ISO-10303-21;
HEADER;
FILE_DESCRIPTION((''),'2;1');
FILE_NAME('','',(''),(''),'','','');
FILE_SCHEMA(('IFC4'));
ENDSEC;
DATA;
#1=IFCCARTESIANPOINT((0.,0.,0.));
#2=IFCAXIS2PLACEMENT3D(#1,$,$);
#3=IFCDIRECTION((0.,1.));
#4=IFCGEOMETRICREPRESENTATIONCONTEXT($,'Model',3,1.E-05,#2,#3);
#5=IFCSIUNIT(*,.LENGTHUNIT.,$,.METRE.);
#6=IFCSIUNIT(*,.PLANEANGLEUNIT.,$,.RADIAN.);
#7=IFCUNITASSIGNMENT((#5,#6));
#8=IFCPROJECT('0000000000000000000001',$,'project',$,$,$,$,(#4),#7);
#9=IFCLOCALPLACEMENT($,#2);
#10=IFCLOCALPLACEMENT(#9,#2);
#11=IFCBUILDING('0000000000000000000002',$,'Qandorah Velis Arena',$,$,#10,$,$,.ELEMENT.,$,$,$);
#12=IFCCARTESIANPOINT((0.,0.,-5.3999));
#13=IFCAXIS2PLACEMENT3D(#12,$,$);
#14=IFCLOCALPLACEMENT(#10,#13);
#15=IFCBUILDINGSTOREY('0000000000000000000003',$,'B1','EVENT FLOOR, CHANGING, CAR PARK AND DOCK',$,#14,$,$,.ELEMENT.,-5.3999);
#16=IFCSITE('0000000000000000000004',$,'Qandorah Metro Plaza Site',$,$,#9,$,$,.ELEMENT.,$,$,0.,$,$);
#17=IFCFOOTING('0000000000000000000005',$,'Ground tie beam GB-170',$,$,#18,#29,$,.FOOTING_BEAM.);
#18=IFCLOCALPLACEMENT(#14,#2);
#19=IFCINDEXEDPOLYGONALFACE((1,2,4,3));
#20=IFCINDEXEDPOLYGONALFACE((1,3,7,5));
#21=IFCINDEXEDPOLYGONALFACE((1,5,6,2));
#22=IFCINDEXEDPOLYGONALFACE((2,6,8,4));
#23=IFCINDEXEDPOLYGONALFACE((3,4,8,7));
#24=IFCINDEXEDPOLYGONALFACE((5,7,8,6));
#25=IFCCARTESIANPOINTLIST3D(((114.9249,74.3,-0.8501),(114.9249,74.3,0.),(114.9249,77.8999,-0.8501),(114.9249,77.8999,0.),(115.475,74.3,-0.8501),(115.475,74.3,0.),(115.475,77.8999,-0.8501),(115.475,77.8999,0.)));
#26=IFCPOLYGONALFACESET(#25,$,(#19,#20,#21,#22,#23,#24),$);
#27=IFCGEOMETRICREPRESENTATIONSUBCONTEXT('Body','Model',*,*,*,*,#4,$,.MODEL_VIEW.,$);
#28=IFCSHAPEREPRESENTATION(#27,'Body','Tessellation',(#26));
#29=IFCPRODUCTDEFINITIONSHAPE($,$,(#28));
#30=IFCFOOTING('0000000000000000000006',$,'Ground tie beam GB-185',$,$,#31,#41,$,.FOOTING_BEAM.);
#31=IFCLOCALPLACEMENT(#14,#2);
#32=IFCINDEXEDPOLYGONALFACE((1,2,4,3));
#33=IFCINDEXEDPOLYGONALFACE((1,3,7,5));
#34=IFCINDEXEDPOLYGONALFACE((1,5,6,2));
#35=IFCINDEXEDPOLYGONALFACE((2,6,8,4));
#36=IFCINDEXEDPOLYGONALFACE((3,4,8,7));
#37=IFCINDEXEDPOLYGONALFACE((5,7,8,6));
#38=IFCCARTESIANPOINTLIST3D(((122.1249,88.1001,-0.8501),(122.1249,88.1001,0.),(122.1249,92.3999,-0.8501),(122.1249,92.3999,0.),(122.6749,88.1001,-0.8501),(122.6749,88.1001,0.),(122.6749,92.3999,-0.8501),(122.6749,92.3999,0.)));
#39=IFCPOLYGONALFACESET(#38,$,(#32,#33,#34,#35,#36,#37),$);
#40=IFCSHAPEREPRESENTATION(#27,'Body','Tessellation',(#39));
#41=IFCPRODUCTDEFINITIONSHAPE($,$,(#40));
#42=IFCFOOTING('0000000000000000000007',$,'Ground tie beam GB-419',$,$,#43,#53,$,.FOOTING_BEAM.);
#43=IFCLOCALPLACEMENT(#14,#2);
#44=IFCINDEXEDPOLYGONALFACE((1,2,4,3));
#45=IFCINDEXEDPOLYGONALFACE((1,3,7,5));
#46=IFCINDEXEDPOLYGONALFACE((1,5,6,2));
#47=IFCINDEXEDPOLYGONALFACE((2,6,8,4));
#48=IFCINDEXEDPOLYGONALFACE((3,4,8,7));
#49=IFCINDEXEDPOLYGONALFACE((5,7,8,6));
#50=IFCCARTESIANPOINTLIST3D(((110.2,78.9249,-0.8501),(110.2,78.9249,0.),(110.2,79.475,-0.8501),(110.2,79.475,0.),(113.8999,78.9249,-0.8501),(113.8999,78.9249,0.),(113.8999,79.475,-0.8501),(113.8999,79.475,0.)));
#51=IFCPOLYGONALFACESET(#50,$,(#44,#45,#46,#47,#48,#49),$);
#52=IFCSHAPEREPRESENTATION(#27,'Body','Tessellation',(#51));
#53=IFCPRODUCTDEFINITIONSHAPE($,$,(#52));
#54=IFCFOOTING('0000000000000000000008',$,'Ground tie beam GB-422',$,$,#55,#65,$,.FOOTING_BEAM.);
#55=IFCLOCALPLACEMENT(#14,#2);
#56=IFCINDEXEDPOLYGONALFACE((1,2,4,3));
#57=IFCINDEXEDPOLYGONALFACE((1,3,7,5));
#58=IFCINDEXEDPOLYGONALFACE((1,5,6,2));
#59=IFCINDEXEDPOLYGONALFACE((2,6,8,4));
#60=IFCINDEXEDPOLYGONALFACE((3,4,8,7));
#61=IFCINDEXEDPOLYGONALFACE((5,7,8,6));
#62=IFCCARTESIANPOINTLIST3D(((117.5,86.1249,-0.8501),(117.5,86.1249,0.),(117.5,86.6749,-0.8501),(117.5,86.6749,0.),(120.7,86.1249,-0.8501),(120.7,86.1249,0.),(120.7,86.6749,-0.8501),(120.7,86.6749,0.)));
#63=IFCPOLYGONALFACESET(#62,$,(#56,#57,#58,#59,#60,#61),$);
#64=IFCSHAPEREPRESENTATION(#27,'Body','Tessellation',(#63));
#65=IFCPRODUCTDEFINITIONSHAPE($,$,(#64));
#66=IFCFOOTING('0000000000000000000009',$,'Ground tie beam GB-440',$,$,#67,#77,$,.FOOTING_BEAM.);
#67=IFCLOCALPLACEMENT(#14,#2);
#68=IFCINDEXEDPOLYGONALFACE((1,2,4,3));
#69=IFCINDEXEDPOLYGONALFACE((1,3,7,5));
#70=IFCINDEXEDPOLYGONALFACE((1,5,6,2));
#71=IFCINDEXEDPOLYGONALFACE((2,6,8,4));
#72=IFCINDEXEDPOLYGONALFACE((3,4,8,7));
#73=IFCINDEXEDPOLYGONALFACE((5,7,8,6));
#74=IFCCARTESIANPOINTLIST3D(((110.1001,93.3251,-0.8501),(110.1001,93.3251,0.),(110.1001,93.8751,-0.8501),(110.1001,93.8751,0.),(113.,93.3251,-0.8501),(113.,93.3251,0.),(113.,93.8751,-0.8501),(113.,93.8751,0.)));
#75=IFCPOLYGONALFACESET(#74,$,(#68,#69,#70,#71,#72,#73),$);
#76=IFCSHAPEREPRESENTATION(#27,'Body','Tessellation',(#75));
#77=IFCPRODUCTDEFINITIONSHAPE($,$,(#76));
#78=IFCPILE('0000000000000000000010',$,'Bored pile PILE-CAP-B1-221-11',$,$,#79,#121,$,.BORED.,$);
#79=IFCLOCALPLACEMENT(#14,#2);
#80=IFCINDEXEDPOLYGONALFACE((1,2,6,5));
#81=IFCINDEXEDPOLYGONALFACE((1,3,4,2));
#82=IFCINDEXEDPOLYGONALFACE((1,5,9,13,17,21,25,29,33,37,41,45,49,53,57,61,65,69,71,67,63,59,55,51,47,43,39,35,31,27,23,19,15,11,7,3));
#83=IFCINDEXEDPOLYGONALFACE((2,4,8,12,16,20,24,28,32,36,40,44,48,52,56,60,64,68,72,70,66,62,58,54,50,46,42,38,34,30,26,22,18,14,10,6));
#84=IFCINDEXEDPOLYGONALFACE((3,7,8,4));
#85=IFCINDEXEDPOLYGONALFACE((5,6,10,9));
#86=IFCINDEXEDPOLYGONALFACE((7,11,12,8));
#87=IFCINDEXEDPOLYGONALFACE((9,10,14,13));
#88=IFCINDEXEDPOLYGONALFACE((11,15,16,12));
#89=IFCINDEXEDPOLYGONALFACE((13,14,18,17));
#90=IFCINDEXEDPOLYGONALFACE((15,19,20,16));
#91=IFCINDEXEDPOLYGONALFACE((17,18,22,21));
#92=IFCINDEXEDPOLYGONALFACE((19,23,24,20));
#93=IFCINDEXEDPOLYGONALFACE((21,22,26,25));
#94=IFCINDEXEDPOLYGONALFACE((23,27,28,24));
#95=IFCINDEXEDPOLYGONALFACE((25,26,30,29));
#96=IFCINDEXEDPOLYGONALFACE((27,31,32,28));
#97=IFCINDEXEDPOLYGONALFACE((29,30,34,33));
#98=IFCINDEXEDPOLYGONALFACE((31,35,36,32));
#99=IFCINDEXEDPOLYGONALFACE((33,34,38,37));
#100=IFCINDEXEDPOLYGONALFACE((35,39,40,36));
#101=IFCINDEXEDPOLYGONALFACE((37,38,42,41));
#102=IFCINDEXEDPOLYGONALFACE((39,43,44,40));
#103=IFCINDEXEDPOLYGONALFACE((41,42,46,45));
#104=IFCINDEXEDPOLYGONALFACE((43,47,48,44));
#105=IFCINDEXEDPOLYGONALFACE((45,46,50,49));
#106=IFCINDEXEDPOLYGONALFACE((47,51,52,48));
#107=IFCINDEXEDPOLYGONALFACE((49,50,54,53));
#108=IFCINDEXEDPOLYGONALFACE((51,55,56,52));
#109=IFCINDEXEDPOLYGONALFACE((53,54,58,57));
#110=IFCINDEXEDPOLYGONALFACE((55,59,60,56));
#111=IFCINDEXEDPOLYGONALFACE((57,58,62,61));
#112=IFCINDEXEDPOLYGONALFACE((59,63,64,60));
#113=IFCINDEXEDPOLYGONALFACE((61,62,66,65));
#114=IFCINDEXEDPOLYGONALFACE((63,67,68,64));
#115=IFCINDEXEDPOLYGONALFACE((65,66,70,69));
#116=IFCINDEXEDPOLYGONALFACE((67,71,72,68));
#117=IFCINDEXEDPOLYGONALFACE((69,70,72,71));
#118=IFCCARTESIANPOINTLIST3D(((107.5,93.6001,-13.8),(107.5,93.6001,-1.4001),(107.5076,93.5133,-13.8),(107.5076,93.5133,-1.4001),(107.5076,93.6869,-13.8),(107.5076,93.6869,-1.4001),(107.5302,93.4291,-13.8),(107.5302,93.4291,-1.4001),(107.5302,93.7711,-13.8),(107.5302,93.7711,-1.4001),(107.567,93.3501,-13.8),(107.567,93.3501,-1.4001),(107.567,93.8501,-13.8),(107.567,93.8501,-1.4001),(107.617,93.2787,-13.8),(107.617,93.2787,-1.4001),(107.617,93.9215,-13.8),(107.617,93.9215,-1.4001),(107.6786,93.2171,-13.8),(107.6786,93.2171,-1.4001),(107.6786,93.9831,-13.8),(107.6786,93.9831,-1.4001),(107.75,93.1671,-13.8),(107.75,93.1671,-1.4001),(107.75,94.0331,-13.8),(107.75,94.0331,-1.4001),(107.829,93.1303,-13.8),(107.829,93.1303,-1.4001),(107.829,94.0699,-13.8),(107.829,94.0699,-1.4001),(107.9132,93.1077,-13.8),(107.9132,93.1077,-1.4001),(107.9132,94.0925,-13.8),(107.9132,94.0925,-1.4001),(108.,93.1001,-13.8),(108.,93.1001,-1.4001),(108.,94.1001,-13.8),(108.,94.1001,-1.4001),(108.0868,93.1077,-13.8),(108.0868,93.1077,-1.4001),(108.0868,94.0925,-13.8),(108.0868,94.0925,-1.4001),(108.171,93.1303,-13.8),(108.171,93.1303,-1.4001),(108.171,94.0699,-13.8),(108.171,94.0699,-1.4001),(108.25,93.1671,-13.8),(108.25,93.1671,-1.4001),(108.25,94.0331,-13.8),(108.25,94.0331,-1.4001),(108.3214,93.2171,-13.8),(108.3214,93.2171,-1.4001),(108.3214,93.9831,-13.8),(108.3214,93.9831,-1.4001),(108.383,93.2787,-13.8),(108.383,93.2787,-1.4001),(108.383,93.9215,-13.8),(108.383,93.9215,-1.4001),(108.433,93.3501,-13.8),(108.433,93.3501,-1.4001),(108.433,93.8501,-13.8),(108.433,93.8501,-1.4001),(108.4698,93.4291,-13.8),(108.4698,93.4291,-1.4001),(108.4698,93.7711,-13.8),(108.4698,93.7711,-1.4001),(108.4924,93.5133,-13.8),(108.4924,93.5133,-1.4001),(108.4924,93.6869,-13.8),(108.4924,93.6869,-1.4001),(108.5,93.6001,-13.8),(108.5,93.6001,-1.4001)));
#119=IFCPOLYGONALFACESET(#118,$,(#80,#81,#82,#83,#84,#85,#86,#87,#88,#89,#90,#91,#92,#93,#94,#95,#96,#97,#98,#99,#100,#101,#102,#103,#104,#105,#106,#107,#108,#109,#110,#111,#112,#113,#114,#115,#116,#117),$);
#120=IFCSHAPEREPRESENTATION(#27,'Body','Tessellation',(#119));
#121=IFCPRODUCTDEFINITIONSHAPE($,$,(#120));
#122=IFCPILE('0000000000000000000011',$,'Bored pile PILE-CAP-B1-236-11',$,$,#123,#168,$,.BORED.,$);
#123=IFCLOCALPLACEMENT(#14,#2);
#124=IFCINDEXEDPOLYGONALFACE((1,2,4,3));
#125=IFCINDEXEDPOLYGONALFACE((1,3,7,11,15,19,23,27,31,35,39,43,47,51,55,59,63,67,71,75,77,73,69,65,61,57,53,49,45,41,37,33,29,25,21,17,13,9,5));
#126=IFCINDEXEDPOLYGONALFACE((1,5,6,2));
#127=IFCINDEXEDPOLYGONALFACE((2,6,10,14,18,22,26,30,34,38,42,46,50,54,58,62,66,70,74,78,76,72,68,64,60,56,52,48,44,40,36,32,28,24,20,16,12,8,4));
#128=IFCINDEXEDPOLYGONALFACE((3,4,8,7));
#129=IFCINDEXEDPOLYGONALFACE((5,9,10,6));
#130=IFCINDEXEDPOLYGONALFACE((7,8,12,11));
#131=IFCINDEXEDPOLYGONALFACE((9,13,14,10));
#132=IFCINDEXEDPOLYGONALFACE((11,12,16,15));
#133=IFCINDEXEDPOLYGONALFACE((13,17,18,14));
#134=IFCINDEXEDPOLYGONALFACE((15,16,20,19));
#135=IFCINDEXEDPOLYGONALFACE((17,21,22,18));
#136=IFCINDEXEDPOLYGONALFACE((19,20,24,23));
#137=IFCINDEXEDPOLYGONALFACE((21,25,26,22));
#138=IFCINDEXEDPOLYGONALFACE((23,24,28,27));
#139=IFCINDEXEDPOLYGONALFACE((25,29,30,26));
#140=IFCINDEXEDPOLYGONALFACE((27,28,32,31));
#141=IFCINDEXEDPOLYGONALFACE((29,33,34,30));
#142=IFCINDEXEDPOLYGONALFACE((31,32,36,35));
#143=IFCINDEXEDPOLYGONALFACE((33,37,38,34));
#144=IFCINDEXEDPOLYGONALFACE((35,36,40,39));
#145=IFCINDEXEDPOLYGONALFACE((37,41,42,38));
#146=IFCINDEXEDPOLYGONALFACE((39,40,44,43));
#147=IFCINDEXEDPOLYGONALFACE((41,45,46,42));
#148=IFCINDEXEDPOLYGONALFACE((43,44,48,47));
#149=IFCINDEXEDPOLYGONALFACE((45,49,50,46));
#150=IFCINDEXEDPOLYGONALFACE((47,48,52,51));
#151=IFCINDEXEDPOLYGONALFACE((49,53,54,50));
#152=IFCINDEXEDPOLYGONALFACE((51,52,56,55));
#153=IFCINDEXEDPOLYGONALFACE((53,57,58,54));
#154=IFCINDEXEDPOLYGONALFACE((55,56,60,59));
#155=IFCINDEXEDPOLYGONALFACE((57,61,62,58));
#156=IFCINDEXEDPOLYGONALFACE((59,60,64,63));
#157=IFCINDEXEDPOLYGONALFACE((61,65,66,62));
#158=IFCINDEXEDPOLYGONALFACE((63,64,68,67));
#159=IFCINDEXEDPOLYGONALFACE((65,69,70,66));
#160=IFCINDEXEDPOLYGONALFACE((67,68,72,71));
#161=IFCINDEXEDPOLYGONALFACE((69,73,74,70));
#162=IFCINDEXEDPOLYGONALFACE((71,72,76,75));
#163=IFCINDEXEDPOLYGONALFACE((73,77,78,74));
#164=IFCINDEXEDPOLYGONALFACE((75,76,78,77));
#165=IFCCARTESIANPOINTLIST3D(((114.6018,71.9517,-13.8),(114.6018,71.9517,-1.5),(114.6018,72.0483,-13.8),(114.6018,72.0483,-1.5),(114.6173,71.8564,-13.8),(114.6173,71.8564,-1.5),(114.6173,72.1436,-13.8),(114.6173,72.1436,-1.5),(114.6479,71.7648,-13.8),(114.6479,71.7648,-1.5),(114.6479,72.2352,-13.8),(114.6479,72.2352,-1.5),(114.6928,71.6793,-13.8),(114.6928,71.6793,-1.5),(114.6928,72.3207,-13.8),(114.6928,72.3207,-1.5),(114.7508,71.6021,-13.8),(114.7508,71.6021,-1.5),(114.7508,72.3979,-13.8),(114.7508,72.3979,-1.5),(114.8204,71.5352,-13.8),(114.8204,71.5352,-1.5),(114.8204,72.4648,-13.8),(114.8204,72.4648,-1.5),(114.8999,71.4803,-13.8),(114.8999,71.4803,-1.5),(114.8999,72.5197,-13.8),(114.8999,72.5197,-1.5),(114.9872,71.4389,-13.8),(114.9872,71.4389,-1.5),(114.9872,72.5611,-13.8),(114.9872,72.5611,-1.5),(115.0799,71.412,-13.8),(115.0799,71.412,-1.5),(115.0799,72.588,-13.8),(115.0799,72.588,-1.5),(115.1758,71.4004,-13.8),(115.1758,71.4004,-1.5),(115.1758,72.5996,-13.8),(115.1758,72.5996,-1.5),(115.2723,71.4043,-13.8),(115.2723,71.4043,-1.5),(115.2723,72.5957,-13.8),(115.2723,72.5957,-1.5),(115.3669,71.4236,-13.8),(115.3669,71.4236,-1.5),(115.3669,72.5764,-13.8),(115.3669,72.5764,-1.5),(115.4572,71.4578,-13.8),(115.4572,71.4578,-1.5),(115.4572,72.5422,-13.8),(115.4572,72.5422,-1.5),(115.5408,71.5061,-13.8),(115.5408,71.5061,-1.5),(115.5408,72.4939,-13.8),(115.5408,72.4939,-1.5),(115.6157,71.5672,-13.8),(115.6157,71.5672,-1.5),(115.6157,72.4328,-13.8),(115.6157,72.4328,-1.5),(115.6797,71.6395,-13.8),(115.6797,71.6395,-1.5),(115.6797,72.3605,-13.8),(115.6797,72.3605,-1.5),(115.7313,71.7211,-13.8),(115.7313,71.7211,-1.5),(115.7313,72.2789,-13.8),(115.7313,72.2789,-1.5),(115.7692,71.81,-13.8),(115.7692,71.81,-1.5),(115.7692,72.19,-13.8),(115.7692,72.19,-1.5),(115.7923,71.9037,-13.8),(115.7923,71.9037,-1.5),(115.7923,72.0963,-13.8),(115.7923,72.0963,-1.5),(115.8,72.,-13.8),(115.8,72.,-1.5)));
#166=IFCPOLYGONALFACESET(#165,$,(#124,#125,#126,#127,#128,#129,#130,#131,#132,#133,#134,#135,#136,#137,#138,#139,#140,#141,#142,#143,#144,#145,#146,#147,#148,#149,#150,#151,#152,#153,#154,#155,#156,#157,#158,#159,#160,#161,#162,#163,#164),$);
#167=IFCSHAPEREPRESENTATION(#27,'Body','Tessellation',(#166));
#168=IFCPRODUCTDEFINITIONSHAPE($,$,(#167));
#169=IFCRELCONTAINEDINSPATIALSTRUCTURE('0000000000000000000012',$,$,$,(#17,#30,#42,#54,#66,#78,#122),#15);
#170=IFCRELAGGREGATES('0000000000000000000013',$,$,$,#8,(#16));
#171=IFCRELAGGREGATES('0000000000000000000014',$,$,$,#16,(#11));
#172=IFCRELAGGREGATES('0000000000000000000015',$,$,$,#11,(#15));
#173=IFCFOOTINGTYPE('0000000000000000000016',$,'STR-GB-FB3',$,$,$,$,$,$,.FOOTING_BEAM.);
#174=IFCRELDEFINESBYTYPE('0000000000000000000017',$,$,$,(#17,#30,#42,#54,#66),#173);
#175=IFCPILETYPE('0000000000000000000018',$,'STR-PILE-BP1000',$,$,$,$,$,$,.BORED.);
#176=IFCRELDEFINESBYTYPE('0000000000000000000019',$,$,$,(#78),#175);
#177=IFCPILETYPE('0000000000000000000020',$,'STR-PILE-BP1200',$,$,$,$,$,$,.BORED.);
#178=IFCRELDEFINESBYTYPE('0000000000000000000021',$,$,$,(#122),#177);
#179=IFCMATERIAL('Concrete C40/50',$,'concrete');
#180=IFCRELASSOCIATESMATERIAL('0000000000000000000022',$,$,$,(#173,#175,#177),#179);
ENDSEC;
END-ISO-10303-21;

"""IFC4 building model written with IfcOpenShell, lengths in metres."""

from ifc_helpers import new_model, si_unit, direction, frame, origin, origin_2d, place, context, subcontext, project, spatial, rectangle, circle, extrude, material, material_profile, profile_set, type_object, element, save


model = new_model("IFC4")

# Units and contexts
model_context = context("Model", 3, precision=1e-05, world=origin(), true_north=direction((0.0, 1.0)))
body_context = subcontext(model_context, "Body", "Model", "MODEL_VIEW")
ifc_project = project(units=[si_unit("LENGTHUNIT", "METRE"), si_unit("PLANEANGLEUNIT", "RADIAN")], contexts=[model_context])

# Site, building, storey
site_placement = place(None, origin())
site = spatial("IfcSite", under=ifc_project, at=site_placement, Name="Qandorah Metro Plaza Site", CompositionType="ELEMENT", RefElevation=0.0)
building_placement = place(site_placement, origin())
building = spatial("IfcBuilding", under=site, at=building_placement, Name="Qandorah Velis Arena", CompositionType="ELEMENT")
storey_placement = place(building_placement, frame((0.0, 0.0, -5.3999)))
storey = spatial("IfcBuildingStorey", under=building, at=storey_placement, Name="B1", Description="EVENT FLOOR, CHANGING, CAR PARK AND DOCK", CompositionType="ELEMENT", Elevation=-5.3999)

# Footings
ifc_material_1 = material(Name="Concrete C40/50", Category="concrete")
ifc_material_profile_1 = material_profile(ifc_material_1, rectangle(XDim=0.55, YDim=0.8501, at=origin_2d()), Name="GB3 550x850")
ifc_profile_set_1 = profile_set([ifc_material_profile_1], Name="Concrete C40/50")
footing_type_1 = type_object("IfcFootingType", Name="STR-GB-FB3", PredefinedType="FOOTING_BEAM", material=ifc_profile_set_1)
footing_1_placement = place(storey_placement, frame((115.2, 74.3, -0.425), z_axis=(0.0, 1.0, 0.0), x_axis=(-1.0, 0.0, 0.0)))
element("IfcFooting", 1, at=footing_1_placement, inside=storey, type_object=footing_type_1, Name="Ground tie beam GB-170", PredefinedType="FOOTING_BEAM", context=body_context, shape_type="SweptSolid", body=[
    extrude(rectangle(XDim=0.55, YDim=0.8501, at=origin_2d()), origin(), (0.0, 0.0, 1.0), 3.5999),
])
footing_2_placement = place(storey_placement, frame((122.3999, 88.1001, -0.425), z_axis=(0.0, 1.0, 0.0), x_axis=(-1.0, 0.0, 0.0)))
element("IfcFooting", 2, at=footing_2_placement, inside=storey, type_object=footing_type_1, Name="Ground tie beam GB-185", PredefinedType="FOOTING_BEAM", context=body_context, shape_type="SweptSolid", body=[
    extrude(rectangle(XDim=0.55, YDim=0.8501, at=origin_2d()), origin(), (0.0, 0.0, 1.0), 4.2998),
])
footing_3_placement = place(storey_placement, frame((110.2, 79.2, -0.425), z_axis=(1.0, 0.0, 0.0), x_axis=(0.0, 1.0, 0.0)))
element("IfcFooting", 3, at=footing_3_placement, inside=storey, type_object=footing_type_1, Name="Ground tie beam GB-419", PredefinedType="FOOTING_BEAM", context=body_context, shape_type="SweptSolid", body=[
    extrude(rectangle(XDim=0.55, YDim=0.8501, at=origin_2d()), origin(), (0.0, 0.0, 1.0), 3.7),
])
footing_4_placement = place(storey_placement, frame((117.5, 86.3999, -0.425), z_axis=(1.0, 0.0, 0.0), x_axis=(0.0, 1.0, 0.0)))
element("IfcFooting", 4, at=footing_4_placement, inside=storey, type_object=footing_type_1, Name="Ground tie beam GB-422", PredefinedType="FOOTING_BEAM", context=body_context, shape_type="SweptSolid", body=[
    extrude(rectangle(XDim=0.55, YDim=0.8501, at=origin_2d()), origin(), (0.0, 0.0, 1.0), 3.2),
])
footing_5_placement = place(storey_placement, frame((110.1001, 93.6001, -0.425), z_axis=(1.0, 0.0, 0.0), x_axis=(0.0, 1.0, 0.0)))
element("IfcFooting", 5, at=footing_5_placement, inside=storey, type_object=footing_type_1, Name="Ground tie beam GB-440", PredefinedType="FOOTING_BEAM", context=body_context, shape_type="SweptSolid", body=[
    extrude(rectangle(XDim=0.55, YDim=0.8501, at=origin_2d()), origin(), (0.0, 0.0, 1.0), 2.8999),
])

# Piles
ifc_material_profile_2 = material_profile(ifc_material_1, circle(Radius=0.5, at=origin_2d()), Name="BORED PILE D1000")
ifc_profile_set_2 = profile_set([ifc_material_profile_2], Name="Concrete C40/50")
pile_type_1 = type_object("IfcPileType", Name="STR-PILE-BP1000", PredefinedType="BORED", material=ifc_profile_set_2)
pile_1_placement = place(storey_placement, frame((108.0, 93.6001, -1.4001), z_axis=(0.0, 0.0, -1.0), x_axis=(1.0, 0.0, 0.0)))
element("IfcPile", 6, at=pile_1_placement, inside=storey, type_object=pile_type_1, Name="Bored pile PILE-CAP-B1-221-11", PredefinedType="BORED", context=body_context, shape_type="SweptSolid", body=[
    extrude(circle(Radius=0.5, at=origin_2d()), origin(), (0.0, 0.0, 1.0), 12.3999),
])
ifc_material_profile_3 = material_profile(ifc_material_1, circle(Radius=0.6001, at=origin_2d()), Name="BORED PILE D1200")
ifc_profile_set_3 = profile_set([ifc_material_profile_3], Name="Concrete C40/50")
pile_type_2 = type_object("IfcPileType", Name="STR-PILE-BP1200", PredefinedType="BORED", material=ifc_profile_set_3)
for number, where, z_axis, x_axis, name in (
    (7, (115.2, 72.0, -1.5), (0.0, 0.0, -1.0), (1.0, 0.0, 0.0), "Bored pile PILE-CAP-B1-236-11"),
):
    element("IfcPile", number, at=place(storey_placement, frame(where, z_axis=z_axis, x_axis=x_axis)), inside=storey, type_object=pile_type_2, Name=name, PredefinedType="BORED", context=body_context, shape_type="SweptSolid", body=[
        extrude(circle(Radius=0.6001, at=origin_2d()), origin(), (0.0, 0.0, 1.0), 12.3),
    ])

save(model, "model.ifc")
